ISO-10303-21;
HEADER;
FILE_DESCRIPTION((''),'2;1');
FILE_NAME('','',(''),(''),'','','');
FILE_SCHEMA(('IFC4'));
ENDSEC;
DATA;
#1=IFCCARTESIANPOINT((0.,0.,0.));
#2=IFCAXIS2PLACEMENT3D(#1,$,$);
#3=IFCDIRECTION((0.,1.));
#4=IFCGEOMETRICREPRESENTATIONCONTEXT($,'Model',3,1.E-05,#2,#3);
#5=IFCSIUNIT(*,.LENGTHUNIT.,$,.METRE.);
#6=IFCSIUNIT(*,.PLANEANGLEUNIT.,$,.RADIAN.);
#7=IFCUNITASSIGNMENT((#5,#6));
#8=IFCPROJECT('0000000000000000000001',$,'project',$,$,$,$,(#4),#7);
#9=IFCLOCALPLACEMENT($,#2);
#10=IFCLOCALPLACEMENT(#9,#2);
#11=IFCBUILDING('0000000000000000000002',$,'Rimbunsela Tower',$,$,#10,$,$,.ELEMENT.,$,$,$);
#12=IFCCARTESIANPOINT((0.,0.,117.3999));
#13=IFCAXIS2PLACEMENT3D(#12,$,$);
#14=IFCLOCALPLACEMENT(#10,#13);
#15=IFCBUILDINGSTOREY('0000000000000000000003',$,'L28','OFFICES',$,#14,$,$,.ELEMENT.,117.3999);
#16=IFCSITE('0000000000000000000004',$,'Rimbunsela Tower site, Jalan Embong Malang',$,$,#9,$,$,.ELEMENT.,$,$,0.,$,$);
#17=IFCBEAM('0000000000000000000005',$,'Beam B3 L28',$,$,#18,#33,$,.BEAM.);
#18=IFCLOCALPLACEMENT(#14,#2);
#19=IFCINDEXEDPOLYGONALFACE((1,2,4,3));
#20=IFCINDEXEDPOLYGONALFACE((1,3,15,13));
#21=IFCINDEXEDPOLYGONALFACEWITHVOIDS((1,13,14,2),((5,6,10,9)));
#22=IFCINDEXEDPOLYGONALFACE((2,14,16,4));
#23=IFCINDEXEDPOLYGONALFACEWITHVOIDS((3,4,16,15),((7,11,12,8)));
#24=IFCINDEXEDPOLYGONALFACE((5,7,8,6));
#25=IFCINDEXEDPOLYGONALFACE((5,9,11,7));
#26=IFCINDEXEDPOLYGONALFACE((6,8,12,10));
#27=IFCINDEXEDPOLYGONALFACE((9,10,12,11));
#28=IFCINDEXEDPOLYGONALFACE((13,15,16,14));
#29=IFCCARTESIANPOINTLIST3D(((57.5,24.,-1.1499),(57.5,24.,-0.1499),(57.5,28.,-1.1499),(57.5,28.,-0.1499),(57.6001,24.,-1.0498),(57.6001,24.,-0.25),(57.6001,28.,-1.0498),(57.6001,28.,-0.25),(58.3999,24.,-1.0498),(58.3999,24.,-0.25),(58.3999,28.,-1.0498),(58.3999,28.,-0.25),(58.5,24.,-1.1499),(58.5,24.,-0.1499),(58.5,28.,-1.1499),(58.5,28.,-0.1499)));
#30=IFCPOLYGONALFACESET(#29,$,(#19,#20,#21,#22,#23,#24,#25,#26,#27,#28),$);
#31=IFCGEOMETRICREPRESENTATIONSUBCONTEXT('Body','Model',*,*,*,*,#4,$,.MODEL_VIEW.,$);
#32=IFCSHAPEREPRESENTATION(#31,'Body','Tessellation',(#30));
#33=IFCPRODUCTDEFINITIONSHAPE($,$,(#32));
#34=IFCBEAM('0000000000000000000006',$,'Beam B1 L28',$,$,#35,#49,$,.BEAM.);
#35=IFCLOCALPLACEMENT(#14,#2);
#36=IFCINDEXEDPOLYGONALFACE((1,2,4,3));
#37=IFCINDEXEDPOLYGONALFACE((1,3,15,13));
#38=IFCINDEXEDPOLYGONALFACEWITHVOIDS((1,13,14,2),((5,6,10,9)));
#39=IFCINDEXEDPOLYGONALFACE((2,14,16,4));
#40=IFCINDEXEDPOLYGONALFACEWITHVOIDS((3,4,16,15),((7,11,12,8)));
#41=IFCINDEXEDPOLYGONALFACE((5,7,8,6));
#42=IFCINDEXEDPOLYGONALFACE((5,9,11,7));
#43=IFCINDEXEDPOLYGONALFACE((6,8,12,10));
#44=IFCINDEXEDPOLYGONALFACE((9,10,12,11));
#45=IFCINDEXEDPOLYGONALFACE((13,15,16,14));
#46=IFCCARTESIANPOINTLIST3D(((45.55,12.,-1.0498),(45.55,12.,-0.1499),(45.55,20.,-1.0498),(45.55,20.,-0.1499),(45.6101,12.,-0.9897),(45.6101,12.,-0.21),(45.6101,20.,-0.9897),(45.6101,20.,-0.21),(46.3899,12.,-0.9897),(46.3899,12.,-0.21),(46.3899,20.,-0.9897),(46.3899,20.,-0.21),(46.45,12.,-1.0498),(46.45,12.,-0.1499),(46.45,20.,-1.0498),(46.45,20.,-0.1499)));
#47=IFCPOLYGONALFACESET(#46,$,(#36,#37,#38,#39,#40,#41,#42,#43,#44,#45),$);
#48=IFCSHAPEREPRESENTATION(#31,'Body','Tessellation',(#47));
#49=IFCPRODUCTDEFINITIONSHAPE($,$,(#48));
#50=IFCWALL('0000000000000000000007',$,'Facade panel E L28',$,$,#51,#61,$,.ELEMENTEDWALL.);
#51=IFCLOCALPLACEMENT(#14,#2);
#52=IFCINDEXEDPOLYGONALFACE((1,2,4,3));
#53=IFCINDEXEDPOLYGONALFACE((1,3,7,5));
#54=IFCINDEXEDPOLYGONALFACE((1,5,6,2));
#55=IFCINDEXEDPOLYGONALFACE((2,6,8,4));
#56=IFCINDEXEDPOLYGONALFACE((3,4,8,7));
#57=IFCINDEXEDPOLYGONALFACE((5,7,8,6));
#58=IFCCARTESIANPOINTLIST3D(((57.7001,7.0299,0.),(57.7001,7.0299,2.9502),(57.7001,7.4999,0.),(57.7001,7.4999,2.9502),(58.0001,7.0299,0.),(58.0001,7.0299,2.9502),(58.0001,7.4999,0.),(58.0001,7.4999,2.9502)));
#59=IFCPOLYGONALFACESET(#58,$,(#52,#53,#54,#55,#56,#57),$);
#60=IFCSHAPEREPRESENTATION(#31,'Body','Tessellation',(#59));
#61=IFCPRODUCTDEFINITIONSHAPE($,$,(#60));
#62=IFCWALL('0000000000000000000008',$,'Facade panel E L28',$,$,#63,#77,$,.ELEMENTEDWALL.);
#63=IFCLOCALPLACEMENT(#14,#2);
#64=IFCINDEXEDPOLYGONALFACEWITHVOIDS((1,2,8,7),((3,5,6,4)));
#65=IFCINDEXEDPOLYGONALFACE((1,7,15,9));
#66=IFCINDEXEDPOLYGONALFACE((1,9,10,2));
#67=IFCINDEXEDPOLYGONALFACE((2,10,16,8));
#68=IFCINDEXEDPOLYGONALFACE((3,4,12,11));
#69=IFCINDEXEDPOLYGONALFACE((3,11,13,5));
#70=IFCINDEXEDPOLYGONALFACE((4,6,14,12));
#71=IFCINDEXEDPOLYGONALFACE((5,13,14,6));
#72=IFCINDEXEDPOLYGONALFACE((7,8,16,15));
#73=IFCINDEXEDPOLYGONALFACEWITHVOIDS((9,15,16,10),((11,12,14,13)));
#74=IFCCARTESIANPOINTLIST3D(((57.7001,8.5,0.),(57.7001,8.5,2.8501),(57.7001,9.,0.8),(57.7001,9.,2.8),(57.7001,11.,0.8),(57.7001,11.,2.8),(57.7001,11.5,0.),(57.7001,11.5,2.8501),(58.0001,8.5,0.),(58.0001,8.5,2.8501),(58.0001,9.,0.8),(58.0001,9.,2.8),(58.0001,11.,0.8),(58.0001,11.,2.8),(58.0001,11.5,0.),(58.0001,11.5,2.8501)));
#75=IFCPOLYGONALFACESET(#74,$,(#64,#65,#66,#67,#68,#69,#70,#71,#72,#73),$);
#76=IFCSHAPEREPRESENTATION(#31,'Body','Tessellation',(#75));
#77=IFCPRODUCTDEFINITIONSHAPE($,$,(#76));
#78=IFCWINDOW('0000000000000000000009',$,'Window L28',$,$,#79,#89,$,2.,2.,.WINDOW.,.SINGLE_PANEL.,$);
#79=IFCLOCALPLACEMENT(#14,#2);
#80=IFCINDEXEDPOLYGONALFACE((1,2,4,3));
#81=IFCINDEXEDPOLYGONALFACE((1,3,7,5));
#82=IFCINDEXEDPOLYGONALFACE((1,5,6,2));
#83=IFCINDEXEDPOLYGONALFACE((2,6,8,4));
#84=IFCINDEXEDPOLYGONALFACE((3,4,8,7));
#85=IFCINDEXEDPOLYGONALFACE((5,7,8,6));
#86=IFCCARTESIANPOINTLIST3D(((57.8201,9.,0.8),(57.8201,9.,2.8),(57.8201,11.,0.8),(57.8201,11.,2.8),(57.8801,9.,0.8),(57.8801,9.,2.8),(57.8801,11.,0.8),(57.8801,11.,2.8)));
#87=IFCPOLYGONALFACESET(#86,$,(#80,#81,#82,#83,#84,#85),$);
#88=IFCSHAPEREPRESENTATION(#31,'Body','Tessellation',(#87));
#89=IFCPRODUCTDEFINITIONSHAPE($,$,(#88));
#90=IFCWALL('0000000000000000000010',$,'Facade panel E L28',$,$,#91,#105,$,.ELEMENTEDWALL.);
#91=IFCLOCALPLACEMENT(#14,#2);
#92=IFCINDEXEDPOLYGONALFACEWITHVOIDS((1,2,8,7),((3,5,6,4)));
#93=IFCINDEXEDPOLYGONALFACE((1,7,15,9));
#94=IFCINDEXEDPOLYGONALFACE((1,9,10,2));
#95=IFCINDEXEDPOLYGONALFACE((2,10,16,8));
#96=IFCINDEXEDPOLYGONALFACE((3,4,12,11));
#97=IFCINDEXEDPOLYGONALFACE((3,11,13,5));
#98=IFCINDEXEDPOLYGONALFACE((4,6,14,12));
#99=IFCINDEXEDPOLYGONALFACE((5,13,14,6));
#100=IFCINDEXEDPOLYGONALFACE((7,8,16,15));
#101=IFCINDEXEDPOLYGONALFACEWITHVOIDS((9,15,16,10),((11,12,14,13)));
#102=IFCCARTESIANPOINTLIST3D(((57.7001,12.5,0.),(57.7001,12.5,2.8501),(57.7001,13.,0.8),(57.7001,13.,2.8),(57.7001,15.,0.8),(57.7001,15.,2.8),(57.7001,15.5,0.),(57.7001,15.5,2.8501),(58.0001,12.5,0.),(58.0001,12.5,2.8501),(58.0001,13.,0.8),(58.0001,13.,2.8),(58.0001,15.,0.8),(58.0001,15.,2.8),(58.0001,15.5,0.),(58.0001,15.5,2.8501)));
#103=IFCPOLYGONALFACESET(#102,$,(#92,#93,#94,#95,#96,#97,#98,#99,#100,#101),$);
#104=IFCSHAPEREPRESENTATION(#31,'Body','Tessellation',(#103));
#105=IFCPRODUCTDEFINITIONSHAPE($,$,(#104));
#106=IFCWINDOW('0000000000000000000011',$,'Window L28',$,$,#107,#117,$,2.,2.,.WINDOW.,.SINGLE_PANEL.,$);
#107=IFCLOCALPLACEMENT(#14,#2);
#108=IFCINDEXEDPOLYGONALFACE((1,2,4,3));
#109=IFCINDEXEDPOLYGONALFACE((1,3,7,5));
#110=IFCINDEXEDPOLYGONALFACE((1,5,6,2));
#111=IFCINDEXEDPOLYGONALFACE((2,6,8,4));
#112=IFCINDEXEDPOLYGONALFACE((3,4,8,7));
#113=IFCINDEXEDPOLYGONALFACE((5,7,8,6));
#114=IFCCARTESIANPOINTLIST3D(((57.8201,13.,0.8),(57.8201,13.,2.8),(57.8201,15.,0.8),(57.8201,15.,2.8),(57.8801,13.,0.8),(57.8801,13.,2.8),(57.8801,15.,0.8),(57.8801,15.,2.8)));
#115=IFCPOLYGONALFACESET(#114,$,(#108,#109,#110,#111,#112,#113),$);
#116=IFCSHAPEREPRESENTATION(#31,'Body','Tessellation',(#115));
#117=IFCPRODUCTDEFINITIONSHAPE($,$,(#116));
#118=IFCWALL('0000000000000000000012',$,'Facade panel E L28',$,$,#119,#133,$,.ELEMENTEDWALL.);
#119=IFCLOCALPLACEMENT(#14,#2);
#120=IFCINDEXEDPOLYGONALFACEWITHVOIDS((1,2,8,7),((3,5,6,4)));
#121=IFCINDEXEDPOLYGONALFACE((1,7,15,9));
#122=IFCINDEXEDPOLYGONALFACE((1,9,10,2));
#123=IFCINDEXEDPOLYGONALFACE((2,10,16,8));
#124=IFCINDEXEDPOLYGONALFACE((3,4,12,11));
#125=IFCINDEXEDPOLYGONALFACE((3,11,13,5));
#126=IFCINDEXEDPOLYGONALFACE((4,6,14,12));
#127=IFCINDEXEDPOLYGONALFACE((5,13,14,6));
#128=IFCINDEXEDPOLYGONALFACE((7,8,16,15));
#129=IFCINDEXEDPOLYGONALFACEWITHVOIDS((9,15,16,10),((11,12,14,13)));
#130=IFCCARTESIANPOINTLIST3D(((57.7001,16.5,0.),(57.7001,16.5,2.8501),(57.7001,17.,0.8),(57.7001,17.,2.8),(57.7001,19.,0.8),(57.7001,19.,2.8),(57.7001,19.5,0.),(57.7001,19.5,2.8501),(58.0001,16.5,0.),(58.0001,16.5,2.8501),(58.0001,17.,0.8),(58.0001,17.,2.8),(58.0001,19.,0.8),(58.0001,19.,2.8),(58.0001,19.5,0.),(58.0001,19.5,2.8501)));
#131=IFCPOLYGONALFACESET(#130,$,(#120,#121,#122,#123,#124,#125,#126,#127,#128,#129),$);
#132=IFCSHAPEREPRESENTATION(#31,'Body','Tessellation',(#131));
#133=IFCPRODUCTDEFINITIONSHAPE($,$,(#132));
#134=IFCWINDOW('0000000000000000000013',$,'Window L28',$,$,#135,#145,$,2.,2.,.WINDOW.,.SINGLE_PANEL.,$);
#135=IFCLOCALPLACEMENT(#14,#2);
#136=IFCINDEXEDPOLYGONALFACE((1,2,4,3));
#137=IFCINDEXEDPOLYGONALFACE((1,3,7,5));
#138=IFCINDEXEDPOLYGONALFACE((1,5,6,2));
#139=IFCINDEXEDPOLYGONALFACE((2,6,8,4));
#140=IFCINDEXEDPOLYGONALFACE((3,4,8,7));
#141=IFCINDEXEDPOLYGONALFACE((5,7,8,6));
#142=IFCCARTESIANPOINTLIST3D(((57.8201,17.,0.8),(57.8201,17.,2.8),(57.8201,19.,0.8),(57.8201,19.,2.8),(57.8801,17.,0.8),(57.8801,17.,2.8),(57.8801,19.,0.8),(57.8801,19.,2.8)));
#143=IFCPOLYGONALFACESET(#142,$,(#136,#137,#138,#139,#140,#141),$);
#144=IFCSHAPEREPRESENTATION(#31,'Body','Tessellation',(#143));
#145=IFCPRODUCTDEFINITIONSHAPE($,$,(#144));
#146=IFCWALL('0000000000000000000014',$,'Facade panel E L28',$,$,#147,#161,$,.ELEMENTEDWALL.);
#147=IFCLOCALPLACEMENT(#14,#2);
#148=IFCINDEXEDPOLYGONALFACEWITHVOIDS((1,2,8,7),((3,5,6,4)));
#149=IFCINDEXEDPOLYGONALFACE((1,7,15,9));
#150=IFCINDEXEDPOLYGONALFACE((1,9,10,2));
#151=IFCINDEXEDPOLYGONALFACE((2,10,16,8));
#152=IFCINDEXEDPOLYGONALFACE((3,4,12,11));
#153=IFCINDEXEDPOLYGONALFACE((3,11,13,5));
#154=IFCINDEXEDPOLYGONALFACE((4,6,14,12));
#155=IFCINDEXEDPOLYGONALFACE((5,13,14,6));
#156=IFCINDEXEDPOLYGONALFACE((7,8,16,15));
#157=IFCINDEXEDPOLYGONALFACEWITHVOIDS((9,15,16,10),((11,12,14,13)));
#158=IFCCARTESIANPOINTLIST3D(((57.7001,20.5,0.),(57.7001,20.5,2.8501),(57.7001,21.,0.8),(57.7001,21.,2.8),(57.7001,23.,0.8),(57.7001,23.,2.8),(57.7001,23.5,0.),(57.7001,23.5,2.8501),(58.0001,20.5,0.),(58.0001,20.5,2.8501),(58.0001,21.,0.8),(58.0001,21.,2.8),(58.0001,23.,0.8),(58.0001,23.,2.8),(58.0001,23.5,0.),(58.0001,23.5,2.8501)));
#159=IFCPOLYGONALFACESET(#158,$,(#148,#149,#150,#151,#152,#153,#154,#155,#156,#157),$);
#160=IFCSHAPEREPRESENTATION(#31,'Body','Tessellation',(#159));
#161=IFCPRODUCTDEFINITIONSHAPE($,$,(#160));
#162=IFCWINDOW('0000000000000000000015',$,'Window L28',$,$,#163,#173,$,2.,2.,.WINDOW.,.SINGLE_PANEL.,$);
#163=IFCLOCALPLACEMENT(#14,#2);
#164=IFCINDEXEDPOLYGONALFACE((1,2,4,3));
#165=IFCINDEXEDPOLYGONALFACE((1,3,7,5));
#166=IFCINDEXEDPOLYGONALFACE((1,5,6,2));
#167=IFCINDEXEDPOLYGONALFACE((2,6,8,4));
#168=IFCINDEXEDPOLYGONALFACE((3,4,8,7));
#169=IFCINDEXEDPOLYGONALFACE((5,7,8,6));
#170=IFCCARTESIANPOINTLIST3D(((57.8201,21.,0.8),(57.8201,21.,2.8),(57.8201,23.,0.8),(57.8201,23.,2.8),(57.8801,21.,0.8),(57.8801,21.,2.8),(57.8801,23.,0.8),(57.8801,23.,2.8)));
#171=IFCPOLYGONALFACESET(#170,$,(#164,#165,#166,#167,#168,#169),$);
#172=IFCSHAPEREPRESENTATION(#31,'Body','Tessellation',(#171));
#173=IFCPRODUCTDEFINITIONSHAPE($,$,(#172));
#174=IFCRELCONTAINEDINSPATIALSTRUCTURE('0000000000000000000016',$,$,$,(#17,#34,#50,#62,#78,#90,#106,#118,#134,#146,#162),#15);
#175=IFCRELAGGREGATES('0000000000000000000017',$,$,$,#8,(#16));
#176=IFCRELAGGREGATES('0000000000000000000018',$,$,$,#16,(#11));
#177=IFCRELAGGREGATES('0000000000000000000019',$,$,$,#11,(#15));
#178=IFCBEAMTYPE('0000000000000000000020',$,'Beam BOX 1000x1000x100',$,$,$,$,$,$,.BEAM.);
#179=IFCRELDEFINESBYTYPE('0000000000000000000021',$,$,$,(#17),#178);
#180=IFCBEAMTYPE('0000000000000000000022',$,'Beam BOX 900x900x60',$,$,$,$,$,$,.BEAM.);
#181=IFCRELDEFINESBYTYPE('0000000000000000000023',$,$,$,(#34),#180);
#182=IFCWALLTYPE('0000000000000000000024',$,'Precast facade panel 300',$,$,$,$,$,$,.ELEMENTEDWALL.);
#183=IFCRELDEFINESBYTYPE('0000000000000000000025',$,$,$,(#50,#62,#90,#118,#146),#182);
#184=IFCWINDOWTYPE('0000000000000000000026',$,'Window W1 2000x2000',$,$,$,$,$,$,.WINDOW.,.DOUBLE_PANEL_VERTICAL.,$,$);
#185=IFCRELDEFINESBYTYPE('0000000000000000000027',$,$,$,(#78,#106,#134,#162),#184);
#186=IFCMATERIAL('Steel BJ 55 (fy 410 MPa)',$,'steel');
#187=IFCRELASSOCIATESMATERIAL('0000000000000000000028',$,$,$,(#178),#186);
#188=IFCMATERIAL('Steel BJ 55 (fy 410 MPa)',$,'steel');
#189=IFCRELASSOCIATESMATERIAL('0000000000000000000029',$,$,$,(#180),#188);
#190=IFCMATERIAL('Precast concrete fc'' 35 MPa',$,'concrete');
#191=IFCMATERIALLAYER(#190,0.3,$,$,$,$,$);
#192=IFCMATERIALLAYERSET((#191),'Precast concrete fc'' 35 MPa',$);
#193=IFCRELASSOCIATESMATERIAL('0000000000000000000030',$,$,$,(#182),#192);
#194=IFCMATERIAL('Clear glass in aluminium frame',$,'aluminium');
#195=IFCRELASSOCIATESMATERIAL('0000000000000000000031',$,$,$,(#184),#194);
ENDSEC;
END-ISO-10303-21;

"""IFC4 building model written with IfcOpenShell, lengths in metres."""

from ifc_helpers import new_model, si_unit, direction, frame, frame_2d, origin, origin_2d, place, context, subcontext, project, spatial, rectangle, hollow_rectangle, extrude, material, layer, layer_set, material_profile, profile_set, type_object, element, fill, save


model = new_model("IFC4")

# Units and contexts
model_context = context("Model", 3, precision=1e-05, world=origin(), true_north=direction((0.0, 1.0)))
body_context = subcontext(model_context, "Body", "Model", "MODEL_VIEW")
ifc_project = project(units=[si_unit("LENGTHUNIT", "METRE"), si_unit("PLANEANGLEUNIT", "RADIAN")], contexts=[model_context])

# Site, building, storey
site_placement = place(None, origin())
site = spatial("IfcSite", under=ifc_project, at=site_placement, Name="Rimbunsela Tower site, Jalan Embong Malang", CompositionType="ELEMENT", RefElevation=0.0)
building_placement = place(site_placement, origin())
building = spatial("IfcBuilding", under=site, at=building_placement, Name="Rimbunsela Tower", CompositionType="ELEMENT")
storey_placement = place(building_placement, frame((0.0, 0.0, 117.3999)))
storey = spatial("IfcBuildingStorey", under=building, at=storey_placement, Name="L28", Description="OFFICES", CompositionType="ELEMENT", Elevation=117.3999)

# Beams
ifc_material_1 = material(Name="Steel BJ 55 (fy 410 MPa)", Category="steel")
ifc_material_profile_1 = material_profile(ifc_material_1, hollow_rectangle(XDim=1.0, YDim=1.0, WallThickness=0.1001, at=origin_2d()), Name="BOX 1000x1000x100")
ifc_profile_set_1 = profile_set([ifc_material_profile_1], Name="Steel BJ 55 (fy 410 MPa)")
beam_type_1 = type_object("IfcBeamType", Name="Beam BOX 1000x1000x100", PredefinedType="BEAM", material=ifc_profile_set_1)
for number, where, z_axis, x_axis, name in (
    (1, (58.0, 24.0, -0.6499), (0.0, 1.0, 0.0), (-1.0, 0.0, 0.0), "Beam B3 L28"),
):
    element("IfcBeam", number, at=place(storey_placement, frame(where, z_axis=z_axis, x_axis=x_axis)), inside=storey, type_object=beam_type_1, Name=name, PredefinedType="BEAM", context=body_context, shape_type="SweptSolid", body=[
        extrude(hollow_rectangle(XDim=1.0, YDim=1.0, WallThickness=0.1001, at=origin_2d()), origin(), (0.0, 0.0, 1.0), 4.0),
    ])
ifc_material_2 = material(Name="Steel BJ 55 (fy 410 MPa)", Category="steel")
ifc_material_profile_2 = material_profile(ifc_material_2, hollow_rectangle(XDim=0.8999, YDim=0.8999, WallThickness=0.0601, at=origin_2d()), Name="BOX 900x900x60")
ifc_profile_set_2 = profile_set([ifc_material_profile_2], Name="Steel BJ 55 (fy 410 MPa)")
beam_type_2 = type_object("IfcBeamType", Name="Beam BOX 900x900x60", PredefinedType="BEAM", material=ifc_profile_set_2)
beam_1_placement = place(storey_placement, frame((46.0, 12.0, -0.5999), z_axis=(0.0, 1.0, 0.0), x_axis=(-1.0, 0.0, 0.0)))
element("IfcBeam", 2, at=beam_1_placement, inside=storey, type_object=beam_type_2, Name="Beam B1 L28", PredefinedType="BEAM", context=body_context, shape_type="SweptSolid", body=[
    extrude(hollow_rectangle(XDim=0.8999, YDim=0.8999, WallThickness=0.0601, at=origin_2d()), origin(), (0.0, 0.0, 1.0), 8.0),
])

# Wall
ifc_material_3 = material(Name="Precast concrete fc' 35 MPa", Category="concrete")
ifc_layer_1 = layer(ifc_material_3, 0.3)
ifc_layer_set_1 = layer_set([ifc_layer_1], Name="Precast concrete fc' 35 MPa")
wall_type = type_object("IfcWallType", Name="Precast facade panel 300", PredefinedType="ELEMENTEDWALL", material=ifc_layer_set_1)
wall_1_placement = place(storey_placement, frame((57.8501, 7.03, 0.0), z_axis=(0.0, 0.0, 1.0), x_axis=(0.0, 1.0, 0.0)))
element("IfcWall", 3, at=wall_1_placement, inside=storey, type_object=wall_type, Name="Facade panel E L28", PredefinedType="ELEMENTEDWALL", context=body_context, shape_type="SweptSolid", body=[
    extrude(rectangle(XDim=0.47, YDim=0.3, at=frame_2d((0.2349, 0.0))), origin(), (0.0, 0.0, 1.0), 2.9502),
])

# Walls, openings, windows
wall_2_placement = place(storey_placement, frame((57.8501, 8.5, 0.0), z_axis=(0.0, 0.0, 1.0), x_axis=(0.0, 1.0, 0.0)))
wall_2 = element("IfcWall", 4, at=wall_2_placement, inside=storey, type_object=wall_type, Name="Facade panel E L28", PredefinedType="ELEMENTEDWALL", context=body_context, shape_type="SweptSolid", body=[
    extrude(rectangle(XDim=3.0, YDim=0.3, at=frame_2d((1.5, 0.0))), origin(), (0.0, 0.0, 1.0), 2.8501),
])
opening_1_placement = place(wall_2_placement, frame((0.5, 0.0, 0.8)))
opening_1 = element("IfcOpeningElement", 5, at=opening_1_placement, cuts=wall_2, PredefinedType="OPENING", context=body_context, shape_type="SweptSolid", body=[
    extrude(rectangle(XDim=2.0, YDim=2.0, at=frame_2d((1.0, 1.0))), frame((0.0, 0.1599, 0.0), z_axis=(0.0, -1.0, 0.0), x_axis=(1.0, 0.0, 0.0)), (0.0, 0.0, 1.0), 0.3201),
])
ifc_material_4 = material(Name="Clear glass in aluminium frame", Category="aluminium")
window_type = type_object("IfcWindowType", Name="Window W1 2000x2000", PartitioningType="DOUBLE_PANEL_VERTICAL", PredefinedType="WINDOW", material=ifc_material_4)
window_1_placement = place(opening_1_placement, origin())
window_1 = element("IfcWindow", 6, at=window_1_placement, inside=storey, type_object=window_type, Name="Window L28", OverallHeight=2.0, OverallWidth=2.0, PartitioningType="SINGLE_PANEL", PredefinedType="WINDOW", context=body_context, shape_type="SweptSolid", body=[
    extrude(rectangle(XDim=2.0, YDim=2.0, at=frame_2d((1.0, 1.0))), frame((0.0, 0.03, 0.0), z_axis=(0.0, -1.0, 0.0), x_axis=(1.0, 0.0, 0.0)), (0.0, 0.0, 1.0), 0.0601),
])
fill(opening_1, window_1)
wall_3_placement = place(storey_placement, frame((57.8501, 12.5, 0.0), z_axis=(0.0, 0.0, 1.0), x_axis=(0.0, 1.0, 0.0)))
wall_3 = element("IfcWall", 7, at=wall_3_placement, inside=storey, type_object=wall_type, Name="Facade panel E L28", PredefinedType="ELEMENTEDWALL", context=body_context, shape_type="SweptSolid", body=[
    extrude(rectangle(XDim=3.0, YDim=0.3, at=frame_2d((1.5, 0.0))), origin(), (0.0, 0.0, 1.0), 2.8501),
])
opening_2_placement = place(wall_3_placement, frame((0.5, 0.0, 0.8)))
opening_2 = element("IfcOpeningElement", 8, at=opening_2_placement, cuts=wall_3, PredefinedType="OPENING", context=body_context, shape_type="SweptSolid", body=[
    extrude(rectangle(XDim=2.0, YDim=2.0, at=frame_2d((1.0, 1.0))), frame((0.0, 0.1599, 0.0), z_axis=(0.0, -1.0, 0.0), x_axis=(1.0, 0.0, 0.0)), (0.0, 0.0, 1.0), 0.3201),
])
window_2_placement = place(opening_2_placement, origin())
window_2 = element("IfcWindow", 9, at=window_2_placement, inside=storey, type_object=window_type, Name="Window L28", OverallHeight=2.0, OverallWidth=2.0, PartitioningType="SINGLE_PANEL", PredefinedType="WINDOW", context=body_context, shape_type="SweptSolid", body=[
    extrude(rectangle(XDim=2.0, YDim=2.0, at=frame_2d((1.0, 1.0))), frame((0.0, 0.03, 0.0), z_axis=(0.0, -1.0, 0.0), x_axis=(1.0, 0.0, 0.0)), (0.0, 0.0, 1.0), 0.0601),
])
fill(opening_2, window_2)
wall_4_placement = place(storey_placement, frame((57.8501, 16.5, 0.0), z_axis=(0.0, 0.0, 1.0), x_axis=(0.0, 1.0, 0.0)))
wall_4 = element("IfcWall", 10, at=wall_4_placement, inside=storey, type_object=wall_type, Name="Facade panel E L28", PredefinedType="ELEMENTEDWALL", context=body_context, shape_type="SweptSolid", body=[
    extrude(rectangle(XDim=3.0, YDim=0.3, at=frame_2d((1.5, 0.0))), origin(), (0.0, 0.0, 1.0), 2.8501),
])
opening_3_placement = place(wall_4_placement, frame((0.5, 0.0, 0.8)))
opening_3 = element("IfcOpeningElement", 11, at=opening_3_placement, cuts=wall_4, PredefinedType="OPENING", context=body_context, shape_type="SweptSolid", body=[
    extrude(rectangle(XDim=2.0, YDim=2.0, at=frame_2d((1.0, 1.0))), frame((0.0, 0.1599, 0.0), z_axis=(0.0, -1.0, 0.0), x_axis=(1.0, 0.0, 0.0)), (0.0, 0.0, 1.0), 0.3201),
])
window_3_placement = place(opening_3_placement, origin())
window_3 = element("IfcWindow", 12, at=window_3_placement, inside=storey, type_object=window_type, Name="Window L28", OverallHeight=2.0, OverallWidth=2.0, PartitioningType="SINGLE_PANEL", PredefinedType="WINDOW", context=body_context, shape_type="SweptSolid", body=[
    extrude(rectangle(XDim=2.0, YDim=2.0, at=frame_2d((1.0, 1.0))), frame((0.0, 0.03, 0.0), z_axis=(0.0, -1.0, 0.0), x_axis=(1.0, 0.0, 0.0)), (0.0, 0.0, 1.0), 0.0601),
])
fill(opening_3, window_3)
wall_5_placement = place(storey_placement, frame((57.8501, 20.5, 0.0), z_axis=(0.0, 0.0, 1.0), x_axis=(0.0, 1.0, 0.0)))
wall_5 = element("IfcWall", 13, at=wall_5_placement, inside=storey, type_object=wall_type, Name="Facade panel E L28", PredefinedType="ELEMENTEDWALL", context=body_context, shape_type="SweptSolid", body=[
    extrude(rectangle(XDim=3.0, YDim=0.3, at=frame_2d((1.5, 0.0))), origin(), (0.0, 0.0, 1.0), 2.8501),
])
opening_4_placement = place(wall_5_placement, frame((0.5, 0.0, 0.8)))
opening_4 = element("IfcOpeningElement", 14, at=opening_4_placement, cuts=wall_5, PredefinedType="OPENING", context=body_context, shape_type="SweptSolid", body=[
    extrude(rectangle(XDim=2.0, YDim=2.0, at=frame_2d((1.0, 1.0))), frame((0.0, 0.1599, 0.0), z_axis=(0.0, -1.0, 0.0), x_axis=(1.0, 0.0, 0.0)), (0.0, 0.0, 1.0), 0.3201),
])
window_4_placement = place(opening_4_placement, origin())
window_4 = element("IfcWindow", 15, at=window_4_placement, inside=storey, type_object=window_type, Name="Window L28", OverallHeight=2.0, OverallWidth=2.0, PartitioningType="SINGLE_PANEL", PredefinedType="WINDOW", context=body_context, shape_type="SweptSolid", body=[
    extrude(rectangle(XDim=2.0, YDim=2.0, at=frame_2d((1.0, 1.0))), frame((0.0, 0.03, 0.0), z_axis=(0.0, -1.0, 0.0), x_axis=(1.0, 0.0, 0.0)), (0.0, 0.0, 1.0), 0.0601),
])
fill(opening_4, window_4)

save(model, "model.ifc")
